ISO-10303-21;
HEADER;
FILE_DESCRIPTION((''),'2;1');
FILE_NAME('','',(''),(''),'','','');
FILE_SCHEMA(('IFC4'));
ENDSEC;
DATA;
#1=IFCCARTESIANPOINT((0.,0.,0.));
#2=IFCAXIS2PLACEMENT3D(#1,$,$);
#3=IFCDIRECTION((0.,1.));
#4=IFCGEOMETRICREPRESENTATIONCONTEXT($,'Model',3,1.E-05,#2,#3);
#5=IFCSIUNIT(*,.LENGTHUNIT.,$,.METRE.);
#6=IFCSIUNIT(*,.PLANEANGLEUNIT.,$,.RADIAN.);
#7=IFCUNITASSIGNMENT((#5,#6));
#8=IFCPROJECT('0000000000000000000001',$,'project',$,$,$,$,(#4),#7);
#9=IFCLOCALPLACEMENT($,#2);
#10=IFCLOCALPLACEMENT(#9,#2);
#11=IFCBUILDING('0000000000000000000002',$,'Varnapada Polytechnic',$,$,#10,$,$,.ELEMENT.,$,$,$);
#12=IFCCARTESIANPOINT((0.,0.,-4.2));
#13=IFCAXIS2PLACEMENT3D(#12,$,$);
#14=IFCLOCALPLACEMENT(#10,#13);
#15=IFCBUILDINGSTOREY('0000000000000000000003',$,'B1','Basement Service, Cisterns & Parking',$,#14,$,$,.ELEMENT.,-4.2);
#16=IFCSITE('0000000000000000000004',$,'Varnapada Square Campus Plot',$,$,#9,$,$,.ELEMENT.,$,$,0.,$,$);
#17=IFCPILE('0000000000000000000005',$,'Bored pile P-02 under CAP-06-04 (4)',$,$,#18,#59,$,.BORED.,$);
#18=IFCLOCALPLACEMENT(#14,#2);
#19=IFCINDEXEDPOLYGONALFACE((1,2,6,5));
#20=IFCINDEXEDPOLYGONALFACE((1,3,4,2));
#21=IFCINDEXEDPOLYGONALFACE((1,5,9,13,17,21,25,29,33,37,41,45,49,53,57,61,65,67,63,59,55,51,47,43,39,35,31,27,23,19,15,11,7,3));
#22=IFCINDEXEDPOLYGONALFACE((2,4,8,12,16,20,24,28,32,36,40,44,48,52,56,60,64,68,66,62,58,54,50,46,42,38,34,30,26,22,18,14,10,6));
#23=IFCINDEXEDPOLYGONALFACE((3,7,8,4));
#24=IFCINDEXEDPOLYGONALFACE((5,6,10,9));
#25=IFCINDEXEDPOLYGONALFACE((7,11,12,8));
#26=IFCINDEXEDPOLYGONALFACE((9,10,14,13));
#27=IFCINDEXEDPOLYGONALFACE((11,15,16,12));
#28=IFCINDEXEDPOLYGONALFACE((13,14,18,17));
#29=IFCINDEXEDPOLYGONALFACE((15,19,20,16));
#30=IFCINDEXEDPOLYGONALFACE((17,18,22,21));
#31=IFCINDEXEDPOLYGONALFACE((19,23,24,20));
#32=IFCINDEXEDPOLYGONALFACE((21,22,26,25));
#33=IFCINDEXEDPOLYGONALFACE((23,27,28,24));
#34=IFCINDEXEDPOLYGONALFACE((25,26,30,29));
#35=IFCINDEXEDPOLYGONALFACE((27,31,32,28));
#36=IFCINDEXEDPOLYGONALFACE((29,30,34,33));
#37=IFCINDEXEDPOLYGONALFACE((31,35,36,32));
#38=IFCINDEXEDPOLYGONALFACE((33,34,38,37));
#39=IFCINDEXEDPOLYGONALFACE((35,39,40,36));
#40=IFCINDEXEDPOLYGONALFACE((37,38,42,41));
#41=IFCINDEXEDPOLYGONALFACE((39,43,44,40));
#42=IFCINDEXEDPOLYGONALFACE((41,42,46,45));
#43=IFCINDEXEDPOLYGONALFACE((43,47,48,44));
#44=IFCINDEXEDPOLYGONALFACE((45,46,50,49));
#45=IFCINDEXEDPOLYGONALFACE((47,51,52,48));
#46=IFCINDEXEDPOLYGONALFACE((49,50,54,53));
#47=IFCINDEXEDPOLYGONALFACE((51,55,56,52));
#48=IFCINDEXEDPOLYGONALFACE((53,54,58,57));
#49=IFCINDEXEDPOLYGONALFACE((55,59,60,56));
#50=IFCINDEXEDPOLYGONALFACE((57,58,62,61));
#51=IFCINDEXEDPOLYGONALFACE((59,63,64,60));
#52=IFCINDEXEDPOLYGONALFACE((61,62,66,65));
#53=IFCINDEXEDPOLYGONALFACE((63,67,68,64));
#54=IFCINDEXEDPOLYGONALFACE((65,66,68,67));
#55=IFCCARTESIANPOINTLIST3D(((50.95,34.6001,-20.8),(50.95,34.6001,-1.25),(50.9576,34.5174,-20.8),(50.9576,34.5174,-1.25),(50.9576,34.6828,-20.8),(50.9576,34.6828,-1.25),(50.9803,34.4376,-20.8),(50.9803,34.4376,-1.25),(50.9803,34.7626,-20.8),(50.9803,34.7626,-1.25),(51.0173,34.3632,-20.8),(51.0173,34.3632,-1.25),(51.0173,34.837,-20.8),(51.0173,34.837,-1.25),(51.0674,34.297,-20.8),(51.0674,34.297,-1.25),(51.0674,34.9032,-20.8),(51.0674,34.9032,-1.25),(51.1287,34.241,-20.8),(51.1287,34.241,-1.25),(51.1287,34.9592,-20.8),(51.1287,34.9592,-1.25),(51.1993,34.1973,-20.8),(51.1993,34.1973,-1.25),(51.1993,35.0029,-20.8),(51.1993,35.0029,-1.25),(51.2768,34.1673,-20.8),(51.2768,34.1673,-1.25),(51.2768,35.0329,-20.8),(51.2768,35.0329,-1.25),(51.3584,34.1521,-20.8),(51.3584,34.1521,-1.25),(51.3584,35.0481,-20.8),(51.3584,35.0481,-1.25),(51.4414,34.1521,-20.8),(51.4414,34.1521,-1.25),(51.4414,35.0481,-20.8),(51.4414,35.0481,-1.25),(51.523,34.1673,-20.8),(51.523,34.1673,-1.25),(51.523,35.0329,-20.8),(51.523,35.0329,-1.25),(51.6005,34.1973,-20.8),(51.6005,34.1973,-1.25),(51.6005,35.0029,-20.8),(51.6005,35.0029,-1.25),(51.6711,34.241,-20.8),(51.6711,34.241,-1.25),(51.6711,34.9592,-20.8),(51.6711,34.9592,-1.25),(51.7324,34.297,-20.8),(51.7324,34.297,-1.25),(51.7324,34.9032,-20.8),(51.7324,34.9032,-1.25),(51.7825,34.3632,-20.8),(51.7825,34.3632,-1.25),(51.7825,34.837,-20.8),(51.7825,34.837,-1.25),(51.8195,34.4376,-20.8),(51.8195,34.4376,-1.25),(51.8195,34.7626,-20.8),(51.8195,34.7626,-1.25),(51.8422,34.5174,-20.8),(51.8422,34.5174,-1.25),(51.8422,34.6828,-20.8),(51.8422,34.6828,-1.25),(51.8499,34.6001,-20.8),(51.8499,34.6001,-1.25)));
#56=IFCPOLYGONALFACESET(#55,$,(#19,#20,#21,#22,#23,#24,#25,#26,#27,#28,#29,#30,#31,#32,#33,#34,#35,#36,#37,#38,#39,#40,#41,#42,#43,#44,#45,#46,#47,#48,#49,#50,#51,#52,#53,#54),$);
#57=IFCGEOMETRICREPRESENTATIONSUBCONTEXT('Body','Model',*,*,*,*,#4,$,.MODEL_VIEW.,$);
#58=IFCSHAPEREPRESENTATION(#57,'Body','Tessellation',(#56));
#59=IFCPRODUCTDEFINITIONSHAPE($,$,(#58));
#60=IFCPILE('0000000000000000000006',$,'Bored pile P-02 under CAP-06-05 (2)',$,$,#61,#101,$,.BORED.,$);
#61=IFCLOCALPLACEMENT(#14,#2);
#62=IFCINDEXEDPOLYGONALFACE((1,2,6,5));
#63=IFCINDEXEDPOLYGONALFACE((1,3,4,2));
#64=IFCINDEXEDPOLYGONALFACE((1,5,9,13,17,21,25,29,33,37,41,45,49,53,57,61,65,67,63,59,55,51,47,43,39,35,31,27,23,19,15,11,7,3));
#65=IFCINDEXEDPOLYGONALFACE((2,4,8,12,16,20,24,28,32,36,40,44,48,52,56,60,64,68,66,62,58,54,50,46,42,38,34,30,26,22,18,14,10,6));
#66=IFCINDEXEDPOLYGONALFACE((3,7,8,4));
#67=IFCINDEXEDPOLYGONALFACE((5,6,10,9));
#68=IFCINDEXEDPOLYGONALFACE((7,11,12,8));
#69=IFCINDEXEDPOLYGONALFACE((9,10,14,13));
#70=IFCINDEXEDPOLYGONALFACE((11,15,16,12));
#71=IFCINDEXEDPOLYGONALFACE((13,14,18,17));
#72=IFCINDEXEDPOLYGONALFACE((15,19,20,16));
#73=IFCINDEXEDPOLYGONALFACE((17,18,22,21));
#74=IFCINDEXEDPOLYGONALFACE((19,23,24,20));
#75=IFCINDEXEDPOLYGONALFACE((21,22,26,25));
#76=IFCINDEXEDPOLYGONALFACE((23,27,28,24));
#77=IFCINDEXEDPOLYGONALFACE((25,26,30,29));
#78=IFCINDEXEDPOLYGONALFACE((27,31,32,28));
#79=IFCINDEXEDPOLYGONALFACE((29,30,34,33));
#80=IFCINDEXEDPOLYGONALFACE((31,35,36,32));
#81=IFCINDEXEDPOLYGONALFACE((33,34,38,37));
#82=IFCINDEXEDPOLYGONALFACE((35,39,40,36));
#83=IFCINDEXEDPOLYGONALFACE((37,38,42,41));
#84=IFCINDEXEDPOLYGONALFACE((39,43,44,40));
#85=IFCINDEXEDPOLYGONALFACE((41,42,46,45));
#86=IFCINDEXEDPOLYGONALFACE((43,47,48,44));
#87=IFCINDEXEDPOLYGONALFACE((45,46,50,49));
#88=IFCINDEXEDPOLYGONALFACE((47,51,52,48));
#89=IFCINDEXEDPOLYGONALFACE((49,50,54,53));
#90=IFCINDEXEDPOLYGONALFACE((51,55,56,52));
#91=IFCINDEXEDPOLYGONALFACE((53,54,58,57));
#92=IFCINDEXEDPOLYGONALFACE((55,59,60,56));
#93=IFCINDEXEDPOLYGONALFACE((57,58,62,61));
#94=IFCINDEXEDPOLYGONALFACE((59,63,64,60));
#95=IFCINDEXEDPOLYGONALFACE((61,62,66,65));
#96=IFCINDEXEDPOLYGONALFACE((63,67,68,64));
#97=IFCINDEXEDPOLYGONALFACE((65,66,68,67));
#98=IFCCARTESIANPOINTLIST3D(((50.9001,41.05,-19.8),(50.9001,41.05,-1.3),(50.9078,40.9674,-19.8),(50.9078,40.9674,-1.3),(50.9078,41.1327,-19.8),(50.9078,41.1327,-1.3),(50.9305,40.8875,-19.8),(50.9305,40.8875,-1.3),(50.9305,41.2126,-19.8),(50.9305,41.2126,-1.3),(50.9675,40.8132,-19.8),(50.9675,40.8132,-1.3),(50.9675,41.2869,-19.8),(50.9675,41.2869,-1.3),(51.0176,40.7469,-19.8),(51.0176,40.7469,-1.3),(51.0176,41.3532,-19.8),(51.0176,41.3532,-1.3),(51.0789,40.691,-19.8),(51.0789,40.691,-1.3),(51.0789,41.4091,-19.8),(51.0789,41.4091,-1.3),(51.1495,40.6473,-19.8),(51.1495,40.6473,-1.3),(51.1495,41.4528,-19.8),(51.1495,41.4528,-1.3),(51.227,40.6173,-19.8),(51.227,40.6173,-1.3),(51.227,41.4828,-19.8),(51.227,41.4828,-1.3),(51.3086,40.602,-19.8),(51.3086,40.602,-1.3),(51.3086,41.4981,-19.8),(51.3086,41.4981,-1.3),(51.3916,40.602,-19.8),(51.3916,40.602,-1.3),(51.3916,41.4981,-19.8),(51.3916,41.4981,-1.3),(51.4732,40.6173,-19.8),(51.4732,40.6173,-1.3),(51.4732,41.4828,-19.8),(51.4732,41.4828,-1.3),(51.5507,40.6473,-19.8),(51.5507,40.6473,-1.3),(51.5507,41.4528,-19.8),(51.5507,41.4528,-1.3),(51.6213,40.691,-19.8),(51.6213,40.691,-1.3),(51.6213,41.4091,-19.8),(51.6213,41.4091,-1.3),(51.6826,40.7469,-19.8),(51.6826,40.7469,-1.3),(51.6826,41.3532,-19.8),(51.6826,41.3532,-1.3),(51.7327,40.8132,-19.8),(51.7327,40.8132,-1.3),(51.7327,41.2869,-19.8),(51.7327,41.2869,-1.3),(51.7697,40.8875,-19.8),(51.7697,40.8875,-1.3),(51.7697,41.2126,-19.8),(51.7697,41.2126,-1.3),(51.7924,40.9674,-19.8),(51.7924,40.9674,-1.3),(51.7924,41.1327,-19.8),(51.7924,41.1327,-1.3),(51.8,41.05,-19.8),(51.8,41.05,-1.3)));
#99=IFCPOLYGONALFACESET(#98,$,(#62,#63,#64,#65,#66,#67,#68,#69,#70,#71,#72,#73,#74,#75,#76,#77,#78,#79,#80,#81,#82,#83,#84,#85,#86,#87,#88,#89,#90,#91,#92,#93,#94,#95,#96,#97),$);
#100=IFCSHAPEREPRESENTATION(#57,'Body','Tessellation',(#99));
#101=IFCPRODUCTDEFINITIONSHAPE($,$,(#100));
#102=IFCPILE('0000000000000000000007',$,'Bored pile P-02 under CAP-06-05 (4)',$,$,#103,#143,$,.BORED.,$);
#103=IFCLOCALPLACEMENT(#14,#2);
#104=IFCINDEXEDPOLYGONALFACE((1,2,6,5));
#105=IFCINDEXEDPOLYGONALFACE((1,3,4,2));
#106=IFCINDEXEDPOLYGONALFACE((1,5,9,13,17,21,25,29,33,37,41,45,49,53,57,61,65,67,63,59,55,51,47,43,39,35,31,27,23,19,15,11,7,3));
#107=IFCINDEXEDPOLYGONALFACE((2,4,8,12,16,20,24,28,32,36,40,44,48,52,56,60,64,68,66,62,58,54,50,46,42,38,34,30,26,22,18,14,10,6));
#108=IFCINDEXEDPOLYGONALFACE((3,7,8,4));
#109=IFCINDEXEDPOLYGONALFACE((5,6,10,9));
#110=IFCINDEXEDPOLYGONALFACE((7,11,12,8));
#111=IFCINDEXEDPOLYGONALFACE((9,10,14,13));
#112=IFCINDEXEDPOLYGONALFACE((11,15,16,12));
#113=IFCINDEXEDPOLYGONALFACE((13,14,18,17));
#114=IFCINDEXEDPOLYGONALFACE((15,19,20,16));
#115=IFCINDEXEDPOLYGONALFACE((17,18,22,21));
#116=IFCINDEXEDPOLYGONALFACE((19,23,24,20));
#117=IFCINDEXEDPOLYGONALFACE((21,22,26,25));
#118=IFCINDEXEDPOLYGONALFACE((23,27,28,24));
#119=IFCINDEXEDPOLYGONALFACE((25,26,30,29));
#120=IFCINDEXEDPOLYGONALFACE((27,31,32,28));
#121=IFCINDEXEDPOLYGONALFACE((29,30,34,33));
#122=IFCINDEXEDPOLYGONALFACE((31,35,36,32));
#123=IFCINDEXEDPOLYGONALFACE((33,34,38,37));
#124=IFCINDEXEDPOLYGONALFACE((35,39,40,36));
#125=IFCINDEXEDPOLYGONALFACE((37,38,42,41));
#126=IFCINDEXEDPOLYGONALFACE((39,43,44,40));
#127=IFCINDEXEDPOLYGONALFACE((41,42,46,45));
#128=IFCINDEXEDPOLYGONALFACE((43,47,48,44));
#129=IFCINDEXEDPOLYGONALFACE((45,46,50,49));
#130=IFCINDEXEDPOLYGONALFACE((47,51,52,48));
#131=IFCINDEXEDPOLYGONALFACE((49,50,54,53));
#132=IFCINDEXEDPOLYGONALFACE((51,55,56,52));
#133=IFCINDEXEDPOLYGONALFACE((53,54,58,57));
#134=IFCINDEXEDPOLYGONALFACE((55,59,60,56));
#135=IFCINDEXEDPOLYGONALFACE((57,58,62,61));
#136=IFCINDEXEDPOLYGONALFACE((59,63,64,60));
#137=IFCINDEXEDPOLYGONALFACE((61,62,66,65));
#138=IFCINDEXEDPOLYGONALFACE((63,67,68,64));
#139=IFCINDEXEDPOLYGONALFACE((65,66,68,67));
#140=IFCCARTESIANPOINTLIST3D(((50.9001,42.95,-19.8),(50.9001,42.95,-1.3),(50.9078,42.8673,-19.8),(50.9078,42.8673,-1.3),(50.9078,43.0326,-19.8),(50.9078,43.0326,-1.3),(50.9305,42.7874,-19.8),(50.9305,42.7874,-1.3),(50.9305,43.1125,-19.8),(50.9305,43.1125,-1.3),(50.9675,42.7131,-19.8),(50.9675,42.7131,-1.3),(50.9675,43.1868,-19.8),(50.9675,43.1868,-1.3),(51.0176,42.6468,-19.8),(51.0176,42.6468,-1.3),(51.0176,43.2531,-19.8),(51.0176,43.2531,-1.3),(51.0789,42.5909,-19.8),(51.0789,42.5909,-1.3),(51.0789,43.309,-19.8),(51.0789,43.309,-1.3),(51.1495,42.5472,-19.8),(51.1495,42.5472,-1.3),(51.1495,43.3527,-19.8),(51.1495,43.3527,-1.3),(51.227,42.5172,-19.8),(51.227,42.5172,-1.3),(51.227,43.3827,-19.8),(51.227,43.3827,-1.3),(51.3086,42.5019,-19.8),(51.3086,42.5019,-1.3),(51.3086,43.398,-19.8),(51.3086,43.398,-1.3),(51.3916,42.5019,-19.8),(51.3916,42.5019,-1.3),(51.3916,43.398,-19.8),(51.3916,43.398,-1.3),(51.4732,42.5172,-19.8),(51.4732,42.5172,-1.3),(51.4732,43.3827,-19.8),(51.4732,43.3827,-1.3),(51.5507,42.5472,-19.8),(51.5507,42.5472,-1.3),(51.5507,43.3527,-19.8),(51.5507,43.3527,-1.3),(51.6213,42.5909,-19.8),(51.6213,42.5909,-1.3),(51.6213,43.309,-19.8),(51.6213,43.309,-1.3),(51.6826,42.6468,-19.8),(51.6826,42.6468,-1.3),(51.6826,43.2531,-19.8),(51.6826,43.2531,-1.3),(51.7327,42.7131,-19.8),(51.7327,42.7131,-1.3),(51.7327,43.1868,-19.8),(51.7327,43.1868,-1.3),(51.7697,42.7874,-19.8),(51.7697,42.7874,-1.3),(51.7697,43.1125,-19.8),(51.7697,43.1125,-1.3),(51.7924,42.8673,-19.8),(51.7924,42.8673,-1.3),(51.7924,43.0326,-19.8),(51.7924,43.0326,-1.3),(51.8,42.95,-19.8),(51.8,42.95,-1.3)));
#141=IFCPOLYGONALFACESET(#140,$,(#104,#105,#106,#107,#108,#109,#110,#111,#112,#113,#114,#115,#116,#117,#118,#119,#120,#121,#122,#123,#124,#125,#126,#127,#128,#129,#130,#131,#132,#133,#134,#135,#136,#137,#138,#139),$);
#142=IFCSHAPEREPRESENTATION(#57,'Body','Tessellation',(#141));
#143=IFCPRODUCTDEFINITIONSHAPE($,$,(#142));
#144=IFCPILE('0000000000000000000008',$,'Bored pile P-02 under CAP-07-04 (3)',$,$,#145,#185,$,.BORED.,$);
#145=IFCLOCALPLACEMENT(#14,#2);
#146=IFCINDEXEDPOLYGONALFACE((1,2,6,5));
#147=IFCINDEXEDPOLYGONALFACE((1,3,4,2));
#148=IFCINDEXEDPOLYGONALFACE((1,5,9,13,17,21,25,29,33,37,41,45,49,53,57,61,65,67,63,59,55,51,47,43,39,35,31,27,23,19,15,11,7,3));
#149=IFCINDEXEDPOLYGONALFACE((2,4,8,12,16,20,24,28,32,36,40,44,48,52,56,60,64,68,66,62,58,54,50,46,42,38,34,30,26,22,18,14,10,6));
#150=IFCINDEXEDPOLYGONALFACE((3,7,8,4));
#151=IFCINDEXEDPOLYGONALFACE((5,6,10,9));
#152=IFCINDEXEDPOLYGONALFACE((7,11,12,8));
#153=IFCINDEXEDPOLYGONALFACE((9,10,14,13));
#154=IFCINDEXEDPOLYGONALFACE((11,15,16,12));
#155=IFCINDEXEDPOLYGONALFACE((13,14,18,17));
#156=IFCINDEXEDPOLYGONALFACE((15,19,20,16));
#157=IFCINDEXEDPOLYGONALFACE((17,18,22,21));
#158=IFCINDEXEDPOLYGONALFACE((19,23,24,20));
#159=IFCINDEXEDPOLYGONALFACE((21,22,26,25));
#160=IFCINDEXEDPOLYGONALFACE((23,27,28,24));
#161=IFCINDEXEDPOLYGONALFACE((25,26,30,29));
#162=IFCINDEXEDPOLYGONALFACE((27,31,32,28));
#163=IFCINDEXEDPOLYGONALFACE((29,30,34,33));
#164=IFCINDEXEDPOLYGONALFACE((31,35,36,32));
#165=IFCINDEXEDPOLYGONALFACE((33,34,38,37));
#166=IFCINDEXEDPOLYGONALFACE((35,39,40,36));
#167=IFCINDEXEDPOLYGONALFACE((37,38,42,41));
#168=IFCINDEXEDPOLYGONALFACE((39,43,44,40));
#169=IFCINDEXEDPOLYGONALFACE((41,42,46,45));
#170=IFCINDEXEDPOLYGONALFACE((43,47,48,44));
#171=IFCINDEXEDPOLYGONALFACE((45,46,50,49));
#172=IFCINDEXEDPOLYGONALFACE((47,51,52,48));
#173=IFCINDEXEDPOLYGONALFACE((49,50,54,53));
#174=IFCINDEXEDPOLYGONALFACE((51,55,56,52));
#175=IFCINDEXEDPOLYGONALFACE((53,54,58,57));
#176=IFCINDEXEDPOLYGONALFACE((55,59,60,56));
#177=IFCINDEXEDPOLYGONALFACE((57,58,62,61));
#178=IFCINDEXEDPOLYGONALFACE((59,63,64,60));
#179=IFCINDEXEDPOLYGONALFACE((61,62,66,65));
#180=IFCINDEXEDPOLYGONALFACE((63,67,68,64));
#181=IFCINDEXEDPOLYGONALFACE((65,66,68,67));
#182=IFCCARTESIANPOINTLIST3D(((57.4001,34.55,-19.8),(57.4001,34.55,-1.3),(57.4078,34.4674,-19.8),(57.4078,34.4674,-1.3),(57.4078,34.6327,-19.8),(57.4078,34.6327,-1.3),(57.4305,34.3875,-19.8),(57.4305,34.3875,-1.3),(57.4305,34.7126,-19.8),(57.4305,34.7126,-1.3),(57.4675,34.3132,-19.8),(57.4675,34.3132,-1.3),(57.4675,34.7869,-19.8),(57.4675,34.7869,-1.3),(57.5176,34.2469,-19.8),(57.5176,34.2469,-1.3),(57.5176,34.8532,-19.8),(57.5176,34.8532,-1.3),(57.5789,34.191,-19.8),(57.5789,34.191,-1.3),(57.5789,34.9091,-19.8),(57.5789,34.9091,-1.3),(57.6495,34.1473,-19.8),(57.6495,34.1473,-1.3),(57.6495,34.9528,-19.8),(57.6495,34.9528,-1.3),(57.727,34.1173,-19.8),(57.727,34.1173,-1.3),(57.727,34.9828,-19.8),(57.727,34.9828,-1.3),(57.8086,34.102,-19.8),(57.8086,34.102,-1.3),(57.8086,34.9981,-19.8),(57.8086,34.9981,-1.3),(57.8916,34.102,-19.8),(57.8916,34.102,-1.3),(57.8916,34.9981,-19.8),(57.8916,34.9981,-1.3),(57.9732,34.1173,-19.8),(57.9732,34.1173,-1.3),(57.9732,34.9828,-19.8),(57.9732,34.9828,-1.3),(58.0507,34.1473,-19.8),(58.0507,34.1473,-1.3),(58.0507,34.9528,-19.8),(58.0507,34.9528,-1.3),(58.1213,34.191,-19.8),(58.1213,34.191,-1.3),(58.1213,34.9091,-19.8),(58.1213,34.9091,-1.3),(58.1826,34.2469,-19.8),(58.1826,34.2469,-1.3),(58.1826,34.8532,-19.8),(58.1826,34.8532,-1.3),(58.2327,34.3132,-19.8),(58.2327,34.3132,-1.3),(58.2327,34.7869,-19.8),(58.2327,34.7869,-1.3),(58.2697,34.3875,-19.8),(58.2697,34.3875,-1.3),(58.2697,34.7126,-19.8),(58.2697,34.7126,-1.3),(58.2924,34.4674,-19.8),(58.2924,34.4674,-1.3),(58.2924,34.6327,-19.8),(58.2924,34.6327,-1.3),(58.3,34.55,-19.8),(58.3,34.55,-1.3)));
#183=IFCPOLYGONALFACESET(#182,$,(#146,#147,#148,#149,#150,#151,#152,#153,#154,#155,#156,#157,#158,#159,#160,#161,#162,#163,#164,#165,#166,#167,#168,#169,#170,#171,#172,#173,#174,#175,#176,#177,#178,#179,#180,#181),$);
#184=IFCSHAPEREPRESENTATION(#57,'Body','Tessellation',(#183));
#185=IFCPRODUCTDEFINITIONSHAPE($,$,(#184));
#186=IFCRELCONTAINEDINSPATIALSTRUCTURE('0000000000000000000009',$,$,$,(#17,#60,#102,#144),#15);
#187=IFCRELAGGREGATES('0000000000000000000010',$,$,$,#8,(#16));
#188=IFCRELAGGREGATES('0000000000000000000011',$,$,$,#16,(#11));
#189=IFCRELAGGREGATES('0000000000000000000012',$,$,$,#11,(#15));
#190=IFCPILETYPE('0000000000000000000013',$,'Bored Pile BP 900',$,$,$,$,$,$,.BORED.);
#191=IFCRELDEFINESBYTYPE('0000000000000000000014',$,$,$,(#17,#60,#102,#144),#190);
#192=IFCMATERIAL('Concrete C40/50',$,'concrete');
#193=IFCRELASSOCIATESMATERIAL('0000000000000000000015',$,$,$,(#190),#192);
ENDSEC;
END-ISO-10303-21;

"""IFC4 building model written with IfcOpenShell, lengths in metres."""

from ifc_helpers import new_model, si_unit, direction, frame, origin, origin_2d, place, context, subcontext, project, spatial, circle, extrude, material, material_profile, profile_set, type_object, element, save


model = new_model("IFC4")

# Units and contexts
model_context = context("Model", 3, precision=1e-05, world=origin(), true_north=direction((0.0, 1.0)))
body_context = subcontext(model_context, "Body", "Model", "MODEL_VIEW")
ifc_project = project(units=[si_unit("LENGTHUNIT", "METRE"), si_unit("PLANEANGLEUNIT", "RADIAN")], contexts=[model_context])

# Site, building, storey
site_placement = place(None, origin())
site = spatial("IfcSite", under=ifc_project, at=site_placement, Name="Varnapada Square Campus Plot", CompositionType="ELEMENT", RefElevation=0.0)
building_placement = place(site_placement, origin())
building = spatial("IfcBuilding", under=site, at=building_placement, Name="Varnapada Polytechnic", CompositionType="ELEMENT")
storey_placement = place(building_placement, frame((0.0, 0.0, -4.2)))
storey = spatial("IfcBuildingStorey", under=building, at=storey_placement, Name="B1", Description="Basement Service, Cisterns & Parking", CompositionType="ELEMENT", Elevation=-4.2)

# Piles
ifc_material_1 = material(Name="Concrete C40/50", Category="concrete")
ifc_material_profile_1 = material_profile(ifc_material_1, circle(Radius=0.45, at=origin_2d()), Name="BP 900")
ifc_profile_set_1 = profile_set([ifc_material_profile_1], Name="Concrete C40/50")
pile_type = type_object("IfcPileType", Name="Bored Pile BP 900", PredefinedType="BORED", material=ifc_profile_set_1)
pile_placement = place(storey_placement, frame((51.3999, 34.6001, -1.25), z_axis=(0.0, 0.0, -1.0), x_axis=(1.0, 0.0, 0.0)))
element("IfcPile", 1, at=pile_placement, inside=storey, type_object=pile_type, Name="Bored pile P-02 under CAP-06-04 (4)", PredefinedType="BORED", context=body_context, shape_type="SweptSolid", body=[
    extrude(circle(Radius=0.45, at=origin_2d()), origin(), (0.0, 0.0, 1.0), 19.55),
])
for number, where, z_axis, x_axis, name in (
    (2, (51.3501, 41.05, -1.3), (0.0, 0.0, -1.0), (1.0, 0.0, 0.0), "Bored pile P-02 under CAP-06-05 (2)"),
    (3, (51.3501, 42.95, -1.3), (0.0, 0.0, -1.0), (1.0, 0.0, 0.0), "Bored pile P-02 under CAP-06-05 (4)"),
    (4, (57.8501, 34.55, -1.3), (0.0, 0.0, -1.0), (1.0, 0.0, 0.0), "Bored pile P-02 under CAP-07-04 (3)"),
):
    element("IfcPile", number, at=place(storey_placement, frame(where, z_axis=z_axis, x_axis=x_axis)), inside=storey, type_object=pile_type, Name=name, PredefinedType="BORED", context=body_context, shape_type="SweptSolid", body=[
        extrude(circle(Radius=0.45, at=origin_2d()), origin(), (0.0, 0.0, 1.0), 18.5),
    ])

save(model, "model.ifc")
